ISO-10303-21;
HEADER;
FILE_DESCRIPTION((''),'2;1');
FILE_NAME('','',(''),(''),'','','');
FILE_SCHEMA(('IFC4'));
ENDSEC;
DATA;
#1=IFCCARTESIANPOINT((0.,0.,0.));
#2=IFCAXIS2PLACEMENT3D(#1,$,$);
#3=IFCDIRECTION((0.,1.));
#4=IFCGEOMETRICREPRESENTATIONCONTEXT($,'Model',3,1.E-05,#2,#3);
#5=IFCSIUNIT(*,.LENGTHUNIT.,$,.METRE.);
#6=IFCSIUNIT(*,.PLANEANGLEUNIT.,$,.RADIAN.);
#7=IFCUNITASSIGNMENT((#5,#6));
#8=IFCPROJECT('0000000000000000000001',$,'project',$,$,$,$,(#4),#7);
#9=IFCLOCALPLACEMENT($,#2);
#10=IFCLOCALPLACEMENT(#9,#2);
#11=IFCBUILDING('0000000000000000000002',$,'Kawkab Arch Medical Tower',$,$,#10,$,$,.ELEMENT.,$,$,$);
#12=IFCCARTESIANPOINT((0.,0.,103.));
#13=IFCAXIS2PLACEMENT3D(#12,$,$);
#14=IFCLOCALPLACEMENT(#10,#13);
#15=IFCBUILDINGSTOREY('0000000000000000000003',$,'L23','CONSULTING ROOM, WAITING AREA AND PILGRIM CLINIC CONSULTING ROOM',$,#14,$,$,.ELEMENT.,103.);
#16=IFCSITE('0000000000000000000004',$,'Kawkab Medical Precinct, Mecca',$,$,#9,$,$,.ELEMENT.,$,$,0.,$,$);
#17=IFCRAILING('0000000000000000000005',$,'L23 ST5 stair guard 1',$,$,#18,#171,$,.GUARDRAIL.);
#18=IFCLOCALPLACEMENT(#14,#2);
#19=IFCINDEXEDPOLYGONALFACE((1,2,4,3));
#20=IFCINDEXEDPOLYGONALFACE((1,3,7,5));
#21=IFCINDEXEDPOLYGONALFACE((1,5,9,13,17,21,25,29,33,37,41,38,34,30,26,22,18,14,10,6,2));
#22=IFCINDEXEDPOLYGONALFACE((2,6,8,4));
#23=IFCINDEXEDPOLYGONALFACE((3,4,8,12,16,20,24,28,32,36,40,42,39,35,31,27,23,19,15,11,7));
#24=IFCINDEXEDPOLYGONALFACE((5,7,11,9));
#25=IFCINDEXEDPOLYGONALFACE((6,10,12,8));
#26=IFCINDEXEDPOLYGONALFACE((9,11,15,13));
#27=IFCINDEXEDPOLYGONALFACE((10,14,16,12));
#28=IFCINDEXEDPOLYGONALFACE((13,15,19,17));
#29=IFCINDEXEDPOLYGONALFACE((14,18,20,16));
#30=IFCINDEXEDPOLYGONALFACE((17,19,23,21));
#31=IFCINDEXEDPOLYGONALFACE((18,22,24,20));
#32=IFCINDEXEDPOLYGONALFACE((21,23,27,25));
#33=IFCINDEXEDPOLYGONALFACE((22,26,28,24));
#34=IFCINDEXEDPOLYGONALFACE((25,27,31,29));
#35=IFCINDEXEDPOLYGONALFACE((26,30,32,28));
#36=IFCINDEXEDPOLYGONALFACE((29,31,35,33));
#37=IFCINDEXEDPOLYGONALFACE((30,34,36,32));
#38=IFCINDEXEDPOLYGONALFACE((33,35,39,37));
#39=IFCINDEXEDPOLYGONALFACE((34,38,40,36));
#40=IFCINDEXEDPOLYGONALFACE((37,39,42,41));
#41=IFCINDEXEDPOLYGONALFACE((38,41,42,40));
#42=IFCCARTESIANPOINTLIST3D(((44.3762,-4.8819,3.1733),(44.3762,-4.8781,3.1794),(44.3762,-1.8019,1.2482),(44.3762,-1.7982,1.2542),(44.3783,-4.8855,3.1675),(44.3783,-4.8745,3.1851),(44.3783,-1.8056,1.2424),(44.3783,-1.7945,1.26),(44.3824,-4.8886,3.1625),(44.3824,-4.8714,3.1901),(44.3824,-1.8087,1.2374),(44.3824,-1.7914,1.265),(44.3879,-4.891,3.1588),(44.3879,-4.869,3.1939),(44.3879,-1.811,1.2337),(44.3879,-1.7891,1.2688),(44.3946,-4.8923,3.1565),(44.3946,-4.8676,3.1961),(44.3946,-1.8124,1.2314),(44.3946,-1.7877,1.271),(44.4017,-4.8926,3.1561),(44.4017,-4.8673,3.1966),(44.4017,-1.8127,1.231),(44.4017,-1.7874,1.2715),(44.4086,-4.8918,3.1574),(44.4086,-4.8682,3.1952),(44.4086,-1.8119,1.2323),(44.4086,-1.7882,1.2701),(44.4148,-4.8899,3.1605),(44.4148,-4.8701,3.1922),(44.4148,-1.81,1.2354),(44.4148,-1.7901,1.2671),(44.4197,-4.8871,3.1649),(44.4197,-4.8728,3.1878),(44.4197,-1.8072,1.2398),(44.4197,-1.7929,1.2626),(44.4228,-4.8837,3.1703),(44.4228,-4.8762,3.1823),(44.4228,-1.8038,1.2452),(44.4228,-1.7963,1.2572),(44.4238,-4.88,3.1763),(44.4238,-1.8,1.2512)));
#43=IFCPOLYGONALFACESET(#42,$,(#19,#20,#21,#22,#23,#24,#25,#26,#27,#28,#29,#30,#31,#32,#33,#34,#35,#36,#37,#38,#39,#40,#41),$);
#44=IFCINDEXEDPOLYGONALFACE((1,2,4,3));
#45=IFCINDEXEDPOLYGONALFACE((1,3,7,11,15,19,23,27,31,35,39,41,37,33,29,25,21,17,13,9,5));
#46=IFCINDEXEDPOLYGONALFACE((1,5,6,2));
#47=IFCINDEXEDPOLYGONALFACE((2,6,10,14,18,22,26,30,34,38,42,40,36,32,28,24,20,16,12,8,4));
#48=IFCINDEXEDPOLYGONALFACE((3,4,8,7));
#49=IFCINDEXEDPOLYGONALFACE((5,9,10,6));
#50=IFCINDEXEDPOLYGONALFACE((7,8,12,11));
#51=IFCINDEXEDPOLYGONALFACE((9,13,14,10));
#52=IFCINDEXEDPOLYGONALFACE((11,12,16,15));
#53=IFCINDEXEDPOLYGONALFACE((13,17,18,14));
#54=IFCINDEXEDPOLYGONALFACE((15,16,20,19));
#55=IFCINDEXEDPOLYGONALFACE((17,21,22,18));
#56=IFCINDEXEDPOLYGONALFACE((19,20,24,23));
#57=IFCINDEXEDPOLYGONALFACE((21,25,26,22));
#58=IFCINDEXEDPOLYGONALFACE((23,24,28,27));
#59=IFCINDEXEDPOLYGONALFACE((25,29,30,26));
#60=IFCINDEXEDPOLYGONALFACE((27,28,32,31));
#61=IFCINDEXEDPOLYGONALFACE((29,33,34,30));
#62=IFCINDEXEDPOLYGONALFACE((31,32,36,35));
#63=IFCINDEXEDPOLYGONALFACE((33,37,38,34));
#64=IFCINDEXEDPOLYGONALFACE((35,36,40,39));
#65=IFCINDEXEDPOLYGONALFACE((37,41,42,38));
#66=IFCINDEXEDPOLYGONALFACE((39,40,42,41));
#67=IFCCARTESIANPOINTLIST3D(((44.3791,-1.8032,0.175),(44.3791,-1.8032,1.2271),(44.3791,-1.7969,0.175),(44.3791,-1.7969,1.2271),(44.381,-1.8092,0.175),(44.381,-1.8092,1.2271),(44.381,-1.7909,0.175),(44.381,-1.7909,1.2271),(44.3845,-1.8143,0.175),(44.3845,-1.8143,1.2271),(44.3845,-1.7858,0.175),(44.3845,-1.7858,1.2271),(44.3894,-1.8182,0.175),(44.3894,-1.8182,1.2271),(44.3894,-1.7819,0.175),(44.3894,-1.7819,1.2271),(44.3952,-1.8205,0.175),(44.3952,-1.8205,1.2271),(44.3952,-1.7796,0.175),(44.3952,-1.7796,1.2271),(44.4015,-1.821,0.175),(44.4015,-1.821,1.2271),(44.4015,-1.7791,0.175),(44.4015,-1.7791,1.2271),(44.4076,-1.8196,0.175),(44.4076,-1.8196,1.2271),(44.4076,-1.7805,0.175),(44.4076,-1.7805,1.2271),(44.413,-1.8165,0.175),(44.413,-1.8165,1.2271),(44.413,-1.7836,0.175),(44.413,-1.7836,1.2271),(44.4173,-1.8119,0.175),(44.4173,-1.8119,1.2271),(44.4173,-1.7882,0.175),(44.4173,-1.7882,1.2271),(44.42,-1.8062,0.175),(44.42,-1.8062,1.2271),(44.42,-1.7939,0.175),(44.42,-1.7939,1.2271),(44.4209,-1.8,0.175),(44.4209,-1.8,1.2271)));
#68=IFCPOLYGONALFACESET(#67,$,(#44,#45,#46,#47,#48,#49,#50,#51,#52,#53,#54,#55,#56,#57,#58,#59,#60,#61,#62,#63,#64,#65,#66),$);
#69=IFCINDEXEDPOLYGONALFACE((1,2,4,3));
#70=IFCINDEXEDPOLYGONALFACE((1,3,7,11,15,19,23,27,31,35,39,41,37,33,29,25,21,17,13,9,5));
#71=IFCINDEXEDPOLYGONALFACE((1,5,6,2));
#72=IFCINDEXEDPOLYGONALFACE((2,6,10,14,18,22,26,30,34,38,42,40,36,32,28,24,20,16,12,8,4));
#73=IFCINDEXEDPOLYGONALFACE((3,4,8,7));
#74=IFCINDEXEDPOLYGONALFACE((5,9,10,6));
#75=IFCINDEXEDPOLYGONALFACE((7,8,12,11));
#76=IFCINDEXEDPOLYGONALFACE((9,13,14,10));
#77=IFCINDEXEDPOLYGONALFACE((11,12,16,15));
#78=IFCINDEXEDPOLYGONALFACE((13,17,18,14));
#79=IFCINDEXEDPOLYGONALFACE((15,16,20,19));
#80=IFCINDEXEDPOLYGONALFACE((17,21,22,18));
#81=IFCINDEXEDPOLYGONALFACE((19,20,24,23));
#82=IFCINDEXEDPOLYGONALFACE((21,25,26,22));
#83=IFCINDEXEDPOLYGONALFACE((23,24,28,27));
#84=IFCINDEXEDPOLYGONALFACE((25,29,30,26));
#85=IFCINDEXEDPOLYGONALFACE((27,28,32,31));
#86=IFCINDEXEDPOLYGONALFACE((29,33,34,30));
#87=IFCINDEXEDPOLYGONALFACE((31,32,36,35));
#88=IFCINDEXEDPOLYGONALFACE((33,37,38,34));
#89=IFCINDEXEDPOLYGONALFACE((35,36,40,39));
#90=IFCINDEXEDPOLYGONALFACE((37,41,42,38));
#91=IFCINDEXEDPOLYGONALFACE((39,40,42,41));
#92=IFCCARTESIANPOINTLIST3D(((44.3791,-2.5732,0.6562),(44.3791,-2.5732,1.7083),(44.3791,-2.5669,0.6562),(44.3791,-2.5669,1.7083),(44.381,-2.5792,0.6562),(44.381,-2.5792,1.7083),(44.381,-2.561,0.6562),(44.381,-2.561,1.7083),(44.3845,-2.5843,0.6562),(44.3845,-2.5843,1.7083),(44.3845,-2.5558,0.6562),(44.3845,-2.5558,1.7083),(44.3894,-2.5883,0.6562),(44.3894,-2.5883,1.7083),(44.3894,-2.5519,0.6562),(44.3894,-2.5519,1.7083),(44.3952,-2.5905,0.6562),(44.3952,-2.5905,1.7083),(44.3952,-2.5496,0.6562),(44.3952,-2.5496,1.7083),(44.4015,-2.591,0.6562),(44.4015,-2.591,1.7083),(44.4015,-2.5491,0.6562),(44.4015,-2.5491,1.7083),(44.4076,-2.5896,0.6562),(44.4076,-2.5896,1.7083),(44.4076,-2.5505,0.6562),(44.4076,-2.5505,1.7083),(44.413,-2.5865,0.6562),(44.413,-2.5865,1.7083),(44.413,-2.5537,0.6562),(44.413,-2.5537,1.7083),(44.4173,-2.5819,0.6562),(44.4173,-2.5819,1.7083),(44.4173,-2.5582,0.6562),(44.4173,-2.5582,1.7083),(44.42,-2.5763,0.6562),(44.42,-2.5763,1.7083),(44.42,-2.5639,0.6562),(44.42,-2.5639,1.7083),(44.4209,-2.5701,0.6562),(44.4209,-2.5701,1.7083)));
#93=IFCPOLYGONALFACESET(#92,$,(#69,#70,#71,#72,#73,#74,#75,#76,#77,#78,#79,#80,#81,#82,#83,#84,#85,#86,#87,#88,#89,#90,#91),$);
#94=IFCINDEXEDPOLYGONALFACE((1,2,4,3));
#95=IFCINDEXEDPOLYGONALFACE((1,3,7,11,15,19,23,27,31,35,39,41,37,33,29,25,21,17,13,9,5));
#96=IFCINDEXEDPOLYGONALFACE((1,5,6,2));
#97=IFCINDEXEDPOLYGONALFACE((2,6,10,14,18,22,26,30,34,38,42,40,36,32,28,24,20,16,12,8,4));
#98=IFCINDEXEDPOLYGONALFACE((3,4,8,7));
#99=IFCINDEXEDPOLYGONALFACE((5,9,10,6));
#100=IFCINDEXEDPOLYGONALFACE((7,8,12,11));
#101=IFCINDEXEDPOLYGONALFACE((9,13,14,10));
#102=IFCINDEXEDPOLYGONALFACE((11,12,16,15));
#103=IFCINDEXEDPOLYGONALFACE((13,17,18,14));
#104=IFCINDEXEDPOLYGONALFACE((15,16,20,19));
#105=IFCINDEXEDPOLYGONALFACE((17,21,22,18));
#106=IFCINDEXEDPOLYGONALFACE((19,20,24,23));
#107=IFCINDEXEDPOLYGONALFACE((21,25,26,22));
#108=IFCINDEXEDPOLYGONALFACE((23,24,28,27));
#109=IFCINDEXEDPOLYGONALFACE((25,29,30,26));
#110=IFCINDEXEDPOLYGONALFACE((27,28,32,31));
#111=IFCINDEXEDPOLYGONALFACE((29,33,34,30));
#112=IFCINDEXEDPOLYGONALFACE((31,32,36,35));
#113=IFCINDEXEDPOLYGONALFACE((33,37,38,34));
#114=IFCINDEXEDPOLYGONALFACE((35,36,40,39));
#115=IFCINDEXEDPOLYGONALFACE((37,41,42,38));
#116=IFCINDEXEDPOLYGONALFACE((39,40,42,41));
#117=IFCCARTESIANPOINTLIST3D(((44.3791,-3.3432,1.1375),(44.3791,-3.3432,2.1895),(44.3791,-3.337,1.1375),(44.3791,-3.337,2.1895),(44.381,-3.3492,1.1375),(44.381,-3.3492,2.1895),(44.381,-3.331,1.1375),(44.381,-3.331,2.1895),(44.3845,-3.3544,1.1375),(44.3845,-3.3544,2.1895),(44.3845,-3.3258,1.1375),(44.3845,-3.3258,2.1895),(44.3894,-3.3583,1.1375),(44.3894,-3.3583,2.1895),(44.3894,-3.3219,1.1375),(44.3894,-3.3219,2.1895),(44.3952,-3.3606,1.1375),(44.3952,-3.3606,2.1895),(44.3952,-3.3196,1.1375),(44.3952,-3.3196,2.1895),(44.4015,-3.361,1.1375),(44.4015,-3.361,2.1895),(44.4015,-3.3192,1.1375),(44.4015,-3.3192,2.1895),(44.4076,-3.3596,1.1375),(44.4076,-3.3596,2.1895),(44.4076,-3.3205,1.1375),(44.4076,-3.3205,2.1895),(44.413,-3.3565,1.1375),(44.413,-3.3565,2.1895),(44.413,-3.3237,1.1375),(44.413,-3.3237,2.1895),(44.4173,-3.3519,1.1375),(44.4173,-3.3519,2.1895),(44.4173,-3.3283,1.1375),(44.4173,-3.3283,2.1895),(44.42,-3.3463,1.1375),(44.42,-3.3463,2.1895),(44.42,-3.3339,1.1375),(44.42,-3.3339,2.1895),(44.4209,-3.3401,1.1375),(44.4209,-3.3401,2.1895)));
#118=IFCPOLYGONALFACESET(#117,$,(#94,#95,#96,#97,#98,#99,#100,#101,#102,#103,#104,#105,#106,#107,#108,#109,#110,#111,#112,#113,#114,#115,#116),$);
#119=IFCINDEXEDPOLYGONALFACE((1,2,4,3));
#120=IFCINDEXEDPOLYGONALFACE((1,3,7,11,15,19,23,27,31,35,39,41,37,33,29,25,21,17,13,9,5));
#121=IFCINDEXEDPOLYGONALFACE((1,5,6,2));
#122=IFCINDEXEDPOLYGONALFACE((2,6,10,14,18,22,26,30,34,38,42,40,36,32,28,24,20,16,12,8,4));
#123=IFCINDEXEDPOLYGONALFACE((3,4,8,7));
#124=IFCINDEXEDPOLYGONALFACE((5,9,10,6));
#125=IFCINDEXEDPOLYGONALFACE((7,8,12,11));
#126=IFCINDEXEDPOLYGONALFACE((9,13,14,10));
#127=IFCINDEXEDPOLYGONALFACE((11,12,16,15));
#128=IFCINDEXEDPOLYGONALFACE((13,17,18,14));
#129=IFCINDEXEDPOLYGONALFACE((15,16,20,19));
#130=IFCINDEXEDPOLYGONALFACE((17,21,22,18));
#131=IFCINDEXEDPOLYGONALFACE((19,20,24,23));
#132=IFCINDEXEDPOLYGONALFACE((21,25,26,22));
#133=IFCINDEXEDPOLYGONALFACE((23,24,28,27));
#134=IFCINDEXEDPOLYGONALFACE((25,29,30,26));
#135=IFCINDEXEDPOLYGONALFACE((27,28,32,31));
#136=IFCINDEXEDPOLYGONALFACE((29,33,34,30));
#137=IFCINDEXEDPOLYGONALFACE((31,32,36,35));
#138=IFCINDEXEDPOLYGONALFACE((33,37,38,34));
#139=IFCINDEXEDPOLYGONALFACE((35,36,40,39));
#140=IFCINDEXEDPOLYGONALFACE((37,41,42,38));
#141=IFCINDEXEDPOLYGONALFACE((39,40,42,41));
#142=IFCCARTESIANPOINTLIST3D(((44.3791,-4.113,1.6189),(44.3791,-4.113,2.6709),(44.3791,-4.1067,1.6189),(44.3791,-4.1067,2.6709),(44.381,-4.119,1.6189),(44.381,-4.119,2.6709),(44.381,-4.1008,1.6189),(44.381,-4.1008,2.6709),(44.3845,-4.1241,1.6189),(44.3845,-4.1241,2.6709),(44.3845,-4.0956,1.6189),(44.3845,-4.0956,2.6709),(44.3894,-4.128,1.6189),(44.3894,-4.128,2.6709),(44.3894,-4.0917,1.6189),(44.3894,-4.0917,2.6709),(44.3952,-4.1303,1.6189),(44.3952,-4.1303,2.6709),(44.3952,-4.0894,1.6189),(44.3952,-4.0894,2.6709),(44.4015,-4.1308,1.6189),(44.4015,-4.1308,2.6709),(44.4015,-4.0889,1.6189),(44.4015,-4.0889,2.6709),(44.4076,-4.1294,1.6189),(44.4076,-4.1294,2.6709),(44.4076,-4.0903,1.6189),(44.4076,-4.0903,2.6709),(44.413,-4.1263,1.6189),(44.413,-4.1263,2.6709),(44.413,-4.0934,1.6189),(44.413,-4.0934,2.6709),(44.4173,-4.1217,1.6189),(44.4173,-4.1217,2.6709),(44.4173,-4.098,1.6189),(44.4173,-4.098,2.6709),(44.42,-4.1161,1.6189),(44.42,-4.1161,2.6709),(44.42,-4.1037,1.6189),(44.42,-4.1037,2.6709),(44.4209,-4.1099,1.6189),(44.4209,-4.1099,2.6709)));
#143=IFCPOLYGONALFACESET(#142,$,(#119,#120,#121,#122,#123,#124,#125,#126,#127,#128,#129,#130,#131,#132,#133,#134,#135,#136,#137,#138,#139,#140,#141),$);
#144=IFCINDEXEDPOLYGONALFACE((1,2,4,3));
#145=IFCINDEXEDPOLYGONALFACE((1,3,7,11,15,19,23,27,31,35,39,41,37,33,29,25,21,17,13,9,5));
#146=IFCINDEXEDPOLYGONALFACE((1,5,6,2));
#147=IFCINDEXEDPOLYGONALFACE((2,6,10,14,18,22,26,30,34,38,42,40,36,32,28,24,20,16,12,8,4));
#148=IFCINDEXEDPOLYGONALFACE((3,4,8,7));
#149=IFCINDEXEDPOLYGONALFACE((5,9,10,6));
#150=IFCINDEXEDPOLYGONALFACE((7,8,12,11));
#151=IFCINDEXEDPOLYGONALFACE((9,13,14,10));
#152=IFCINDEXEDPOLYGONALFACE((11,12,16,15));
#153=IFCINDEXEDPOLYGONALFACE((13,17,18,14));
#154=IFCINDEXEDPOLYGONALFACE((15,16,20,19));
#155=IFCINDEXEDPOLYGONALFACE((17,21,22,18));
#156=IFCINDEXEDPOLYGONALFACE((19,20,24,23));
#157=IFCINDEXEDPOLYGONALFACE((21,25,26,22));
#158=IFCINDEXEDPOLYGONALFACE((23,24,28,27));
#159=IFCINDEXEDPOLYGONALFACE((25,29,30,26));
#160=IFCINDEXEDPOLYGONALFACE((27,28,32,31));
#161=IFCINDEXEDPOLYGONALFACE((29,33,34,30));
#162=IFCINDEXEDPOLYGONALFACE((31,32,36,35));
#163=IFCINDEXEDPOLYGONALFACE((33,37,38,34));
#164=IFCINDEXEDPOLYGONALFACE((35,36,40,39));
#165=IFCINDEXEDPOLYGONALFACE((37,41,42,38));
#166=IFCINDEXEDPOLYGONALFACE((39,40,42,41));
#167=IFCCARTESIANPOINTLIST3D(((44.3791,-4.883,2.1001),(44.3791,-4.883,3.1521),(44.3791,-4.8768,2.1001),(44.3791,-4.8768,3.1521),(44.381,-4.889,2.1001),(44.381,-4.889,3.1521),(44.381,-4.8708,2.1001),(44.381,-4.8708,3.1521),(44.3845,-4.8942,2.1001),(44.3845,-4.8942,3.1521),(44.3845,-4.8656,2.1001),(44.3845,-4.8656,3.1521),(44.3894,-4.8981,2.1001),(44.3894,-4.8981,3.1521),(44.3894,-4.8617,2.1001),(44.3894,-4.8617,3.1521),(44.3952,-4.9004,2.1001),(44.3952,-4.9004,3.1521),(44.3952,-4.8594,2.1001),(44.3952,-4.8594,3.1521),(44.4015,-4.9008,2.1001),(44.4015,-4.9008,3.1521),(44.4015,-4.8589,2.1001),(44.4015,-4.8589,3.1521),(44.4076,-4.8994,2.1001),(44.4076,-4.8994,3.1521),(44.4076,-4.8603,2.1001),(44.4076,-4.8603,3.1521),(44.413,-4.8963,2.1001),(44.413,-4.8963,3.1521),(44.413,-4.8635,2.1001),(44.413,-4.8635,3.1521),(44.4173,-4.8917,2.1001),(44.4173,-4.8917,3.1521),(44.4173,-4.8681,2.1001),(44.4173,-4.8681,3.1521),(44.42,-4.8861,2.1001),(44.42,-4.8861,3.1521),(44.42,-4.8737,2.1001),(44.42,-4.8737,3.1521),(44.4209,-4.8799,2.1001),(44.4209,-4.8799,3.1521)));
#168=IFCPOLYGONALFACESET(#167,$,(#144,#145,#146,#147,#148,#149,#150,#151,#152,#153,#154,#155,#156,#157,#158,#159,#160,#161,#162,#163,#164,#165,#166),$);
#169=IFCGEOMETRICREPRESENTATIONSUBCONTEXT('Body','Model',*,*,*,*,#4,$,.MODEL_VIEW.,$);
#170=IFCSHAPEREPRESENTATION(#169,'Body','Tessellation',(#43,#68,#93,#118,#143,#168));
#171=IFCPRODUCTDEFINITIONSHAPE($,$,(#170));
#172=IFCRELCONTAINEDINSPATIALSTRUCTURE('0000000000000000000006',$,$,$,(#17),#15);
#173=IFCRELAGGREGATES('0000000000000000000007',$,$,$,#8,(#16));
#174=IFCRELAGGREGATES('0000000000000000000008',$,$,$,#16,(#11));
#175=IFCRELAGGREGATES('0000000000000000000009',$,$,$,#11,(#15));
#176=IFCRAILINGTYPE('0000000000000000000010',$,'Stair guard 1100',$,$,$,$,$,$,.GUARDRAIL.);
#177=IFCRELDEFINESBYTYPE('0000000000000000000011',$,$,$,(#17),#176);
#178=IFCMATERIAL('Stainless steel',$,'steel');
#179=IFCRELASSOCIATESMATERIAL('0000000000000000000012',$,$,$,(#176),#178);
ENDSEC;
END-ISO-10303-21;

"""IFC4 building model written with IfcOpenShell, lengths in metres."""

from ifc_helpers import new_model, si_unit, direction, frame, origin, origin_2d, place, context, subcontext, project, spatial, circle, extrude, material, type_object, element, save


model = new_model("IFC4")

# Units and contexts
model_context = context("Model", 3, precision=1e-05, world=origin(), true_north=direction((0.0, 1.0)))
body_context = subcontext(model_context, "Body", "Model", "MODEL_VIEW")
ifc_project = project(units=[si_unit("LENGTHUNIT", "METRE"), si_unit("PLANEANGLEUNIT", "RADIAN")], contexts=[model_context])

# Site, building, storey
site_placement = place(None, origin())
site = spatial("IfcSite", under=ifc_project, at=site_placement, Name="Kawkab Medical Precinct, Mecca", CompositionType="ELEMENT", RefElevation=0.0)
building_placement = place(site_placement, origin())
building = spatial("IfcBuilding", under=site, at=building_placement, Name="Kawkab Arch Medical Tower", CompositionType="ELEMENT")
storey_placement = place(building_placement, frame((0.0, 0.0, 103.0)))
storey = spatial("IfcBuildingStorey", under=building, at=storey_placement, Name="L23", Description="CONSULTING ROOM, WAITING AREA AND PILGRIM CLINIC CONSULTING ROOM", CompositionType="ELEMENT", Elevation=103.0)

# Railing
ifc_material_1 = material(Name="Stainless steel", Category="steel")
railing_type = type_object("IfcRailingType", Name="Stair guard 1100", PredefinedType="GUARDRAIL", material=ifc_material_1)
railing_1_placement = place(storey_placement, frame((44.3999, -1.8, 0.175)))
element("IfcRailing", 1, at=railing_1_placement, inside=storey, type_object=railing_type, Name="L23 ST5 stair guard 1", PredefinedType="GUARDRAIL", context=body_context, shape_type="SweptSolid", body=[
    extrude(circle(Radius=0.0239, at=origin_2d()), frame((0.0, 0.0, 1.0762), z_axis=(0.0, -0.847979, 0.530029), x_axis=(1.0, 0.0, 0.0)), (0.0, 0.0, 1.0), 3.6321),
    extrude(circle(Radius=0.021, at=origin_2d()), origin(), (0.0, 0.0, 1.0), 1.052),
    extrude(circle(Radius=0.021, at=origin_2d()), frame((0.0, -0.77, 0.4812)), (0.0, 0.0, 1.0), 1.052),
    extrude(circle(Radius=0.021, at=origin_2d()), frame((0.0, -1.54, 0.9624)), (0.0, 0.0, 1.0), 1.052),
    extrude(circle(Radius=0.021, at=origin_2d()), frame((0.0, -2.3098, 1.4438)), (0.0, 0.0, 1.0), 1.052),
    extrude(circle(Radius=0.021, at=origin_2d()), frame((0.0, -3.0798, 1.925)), (0.0, 0.0, 1.0), 1.052),
])

save(model, "model.ifc")
